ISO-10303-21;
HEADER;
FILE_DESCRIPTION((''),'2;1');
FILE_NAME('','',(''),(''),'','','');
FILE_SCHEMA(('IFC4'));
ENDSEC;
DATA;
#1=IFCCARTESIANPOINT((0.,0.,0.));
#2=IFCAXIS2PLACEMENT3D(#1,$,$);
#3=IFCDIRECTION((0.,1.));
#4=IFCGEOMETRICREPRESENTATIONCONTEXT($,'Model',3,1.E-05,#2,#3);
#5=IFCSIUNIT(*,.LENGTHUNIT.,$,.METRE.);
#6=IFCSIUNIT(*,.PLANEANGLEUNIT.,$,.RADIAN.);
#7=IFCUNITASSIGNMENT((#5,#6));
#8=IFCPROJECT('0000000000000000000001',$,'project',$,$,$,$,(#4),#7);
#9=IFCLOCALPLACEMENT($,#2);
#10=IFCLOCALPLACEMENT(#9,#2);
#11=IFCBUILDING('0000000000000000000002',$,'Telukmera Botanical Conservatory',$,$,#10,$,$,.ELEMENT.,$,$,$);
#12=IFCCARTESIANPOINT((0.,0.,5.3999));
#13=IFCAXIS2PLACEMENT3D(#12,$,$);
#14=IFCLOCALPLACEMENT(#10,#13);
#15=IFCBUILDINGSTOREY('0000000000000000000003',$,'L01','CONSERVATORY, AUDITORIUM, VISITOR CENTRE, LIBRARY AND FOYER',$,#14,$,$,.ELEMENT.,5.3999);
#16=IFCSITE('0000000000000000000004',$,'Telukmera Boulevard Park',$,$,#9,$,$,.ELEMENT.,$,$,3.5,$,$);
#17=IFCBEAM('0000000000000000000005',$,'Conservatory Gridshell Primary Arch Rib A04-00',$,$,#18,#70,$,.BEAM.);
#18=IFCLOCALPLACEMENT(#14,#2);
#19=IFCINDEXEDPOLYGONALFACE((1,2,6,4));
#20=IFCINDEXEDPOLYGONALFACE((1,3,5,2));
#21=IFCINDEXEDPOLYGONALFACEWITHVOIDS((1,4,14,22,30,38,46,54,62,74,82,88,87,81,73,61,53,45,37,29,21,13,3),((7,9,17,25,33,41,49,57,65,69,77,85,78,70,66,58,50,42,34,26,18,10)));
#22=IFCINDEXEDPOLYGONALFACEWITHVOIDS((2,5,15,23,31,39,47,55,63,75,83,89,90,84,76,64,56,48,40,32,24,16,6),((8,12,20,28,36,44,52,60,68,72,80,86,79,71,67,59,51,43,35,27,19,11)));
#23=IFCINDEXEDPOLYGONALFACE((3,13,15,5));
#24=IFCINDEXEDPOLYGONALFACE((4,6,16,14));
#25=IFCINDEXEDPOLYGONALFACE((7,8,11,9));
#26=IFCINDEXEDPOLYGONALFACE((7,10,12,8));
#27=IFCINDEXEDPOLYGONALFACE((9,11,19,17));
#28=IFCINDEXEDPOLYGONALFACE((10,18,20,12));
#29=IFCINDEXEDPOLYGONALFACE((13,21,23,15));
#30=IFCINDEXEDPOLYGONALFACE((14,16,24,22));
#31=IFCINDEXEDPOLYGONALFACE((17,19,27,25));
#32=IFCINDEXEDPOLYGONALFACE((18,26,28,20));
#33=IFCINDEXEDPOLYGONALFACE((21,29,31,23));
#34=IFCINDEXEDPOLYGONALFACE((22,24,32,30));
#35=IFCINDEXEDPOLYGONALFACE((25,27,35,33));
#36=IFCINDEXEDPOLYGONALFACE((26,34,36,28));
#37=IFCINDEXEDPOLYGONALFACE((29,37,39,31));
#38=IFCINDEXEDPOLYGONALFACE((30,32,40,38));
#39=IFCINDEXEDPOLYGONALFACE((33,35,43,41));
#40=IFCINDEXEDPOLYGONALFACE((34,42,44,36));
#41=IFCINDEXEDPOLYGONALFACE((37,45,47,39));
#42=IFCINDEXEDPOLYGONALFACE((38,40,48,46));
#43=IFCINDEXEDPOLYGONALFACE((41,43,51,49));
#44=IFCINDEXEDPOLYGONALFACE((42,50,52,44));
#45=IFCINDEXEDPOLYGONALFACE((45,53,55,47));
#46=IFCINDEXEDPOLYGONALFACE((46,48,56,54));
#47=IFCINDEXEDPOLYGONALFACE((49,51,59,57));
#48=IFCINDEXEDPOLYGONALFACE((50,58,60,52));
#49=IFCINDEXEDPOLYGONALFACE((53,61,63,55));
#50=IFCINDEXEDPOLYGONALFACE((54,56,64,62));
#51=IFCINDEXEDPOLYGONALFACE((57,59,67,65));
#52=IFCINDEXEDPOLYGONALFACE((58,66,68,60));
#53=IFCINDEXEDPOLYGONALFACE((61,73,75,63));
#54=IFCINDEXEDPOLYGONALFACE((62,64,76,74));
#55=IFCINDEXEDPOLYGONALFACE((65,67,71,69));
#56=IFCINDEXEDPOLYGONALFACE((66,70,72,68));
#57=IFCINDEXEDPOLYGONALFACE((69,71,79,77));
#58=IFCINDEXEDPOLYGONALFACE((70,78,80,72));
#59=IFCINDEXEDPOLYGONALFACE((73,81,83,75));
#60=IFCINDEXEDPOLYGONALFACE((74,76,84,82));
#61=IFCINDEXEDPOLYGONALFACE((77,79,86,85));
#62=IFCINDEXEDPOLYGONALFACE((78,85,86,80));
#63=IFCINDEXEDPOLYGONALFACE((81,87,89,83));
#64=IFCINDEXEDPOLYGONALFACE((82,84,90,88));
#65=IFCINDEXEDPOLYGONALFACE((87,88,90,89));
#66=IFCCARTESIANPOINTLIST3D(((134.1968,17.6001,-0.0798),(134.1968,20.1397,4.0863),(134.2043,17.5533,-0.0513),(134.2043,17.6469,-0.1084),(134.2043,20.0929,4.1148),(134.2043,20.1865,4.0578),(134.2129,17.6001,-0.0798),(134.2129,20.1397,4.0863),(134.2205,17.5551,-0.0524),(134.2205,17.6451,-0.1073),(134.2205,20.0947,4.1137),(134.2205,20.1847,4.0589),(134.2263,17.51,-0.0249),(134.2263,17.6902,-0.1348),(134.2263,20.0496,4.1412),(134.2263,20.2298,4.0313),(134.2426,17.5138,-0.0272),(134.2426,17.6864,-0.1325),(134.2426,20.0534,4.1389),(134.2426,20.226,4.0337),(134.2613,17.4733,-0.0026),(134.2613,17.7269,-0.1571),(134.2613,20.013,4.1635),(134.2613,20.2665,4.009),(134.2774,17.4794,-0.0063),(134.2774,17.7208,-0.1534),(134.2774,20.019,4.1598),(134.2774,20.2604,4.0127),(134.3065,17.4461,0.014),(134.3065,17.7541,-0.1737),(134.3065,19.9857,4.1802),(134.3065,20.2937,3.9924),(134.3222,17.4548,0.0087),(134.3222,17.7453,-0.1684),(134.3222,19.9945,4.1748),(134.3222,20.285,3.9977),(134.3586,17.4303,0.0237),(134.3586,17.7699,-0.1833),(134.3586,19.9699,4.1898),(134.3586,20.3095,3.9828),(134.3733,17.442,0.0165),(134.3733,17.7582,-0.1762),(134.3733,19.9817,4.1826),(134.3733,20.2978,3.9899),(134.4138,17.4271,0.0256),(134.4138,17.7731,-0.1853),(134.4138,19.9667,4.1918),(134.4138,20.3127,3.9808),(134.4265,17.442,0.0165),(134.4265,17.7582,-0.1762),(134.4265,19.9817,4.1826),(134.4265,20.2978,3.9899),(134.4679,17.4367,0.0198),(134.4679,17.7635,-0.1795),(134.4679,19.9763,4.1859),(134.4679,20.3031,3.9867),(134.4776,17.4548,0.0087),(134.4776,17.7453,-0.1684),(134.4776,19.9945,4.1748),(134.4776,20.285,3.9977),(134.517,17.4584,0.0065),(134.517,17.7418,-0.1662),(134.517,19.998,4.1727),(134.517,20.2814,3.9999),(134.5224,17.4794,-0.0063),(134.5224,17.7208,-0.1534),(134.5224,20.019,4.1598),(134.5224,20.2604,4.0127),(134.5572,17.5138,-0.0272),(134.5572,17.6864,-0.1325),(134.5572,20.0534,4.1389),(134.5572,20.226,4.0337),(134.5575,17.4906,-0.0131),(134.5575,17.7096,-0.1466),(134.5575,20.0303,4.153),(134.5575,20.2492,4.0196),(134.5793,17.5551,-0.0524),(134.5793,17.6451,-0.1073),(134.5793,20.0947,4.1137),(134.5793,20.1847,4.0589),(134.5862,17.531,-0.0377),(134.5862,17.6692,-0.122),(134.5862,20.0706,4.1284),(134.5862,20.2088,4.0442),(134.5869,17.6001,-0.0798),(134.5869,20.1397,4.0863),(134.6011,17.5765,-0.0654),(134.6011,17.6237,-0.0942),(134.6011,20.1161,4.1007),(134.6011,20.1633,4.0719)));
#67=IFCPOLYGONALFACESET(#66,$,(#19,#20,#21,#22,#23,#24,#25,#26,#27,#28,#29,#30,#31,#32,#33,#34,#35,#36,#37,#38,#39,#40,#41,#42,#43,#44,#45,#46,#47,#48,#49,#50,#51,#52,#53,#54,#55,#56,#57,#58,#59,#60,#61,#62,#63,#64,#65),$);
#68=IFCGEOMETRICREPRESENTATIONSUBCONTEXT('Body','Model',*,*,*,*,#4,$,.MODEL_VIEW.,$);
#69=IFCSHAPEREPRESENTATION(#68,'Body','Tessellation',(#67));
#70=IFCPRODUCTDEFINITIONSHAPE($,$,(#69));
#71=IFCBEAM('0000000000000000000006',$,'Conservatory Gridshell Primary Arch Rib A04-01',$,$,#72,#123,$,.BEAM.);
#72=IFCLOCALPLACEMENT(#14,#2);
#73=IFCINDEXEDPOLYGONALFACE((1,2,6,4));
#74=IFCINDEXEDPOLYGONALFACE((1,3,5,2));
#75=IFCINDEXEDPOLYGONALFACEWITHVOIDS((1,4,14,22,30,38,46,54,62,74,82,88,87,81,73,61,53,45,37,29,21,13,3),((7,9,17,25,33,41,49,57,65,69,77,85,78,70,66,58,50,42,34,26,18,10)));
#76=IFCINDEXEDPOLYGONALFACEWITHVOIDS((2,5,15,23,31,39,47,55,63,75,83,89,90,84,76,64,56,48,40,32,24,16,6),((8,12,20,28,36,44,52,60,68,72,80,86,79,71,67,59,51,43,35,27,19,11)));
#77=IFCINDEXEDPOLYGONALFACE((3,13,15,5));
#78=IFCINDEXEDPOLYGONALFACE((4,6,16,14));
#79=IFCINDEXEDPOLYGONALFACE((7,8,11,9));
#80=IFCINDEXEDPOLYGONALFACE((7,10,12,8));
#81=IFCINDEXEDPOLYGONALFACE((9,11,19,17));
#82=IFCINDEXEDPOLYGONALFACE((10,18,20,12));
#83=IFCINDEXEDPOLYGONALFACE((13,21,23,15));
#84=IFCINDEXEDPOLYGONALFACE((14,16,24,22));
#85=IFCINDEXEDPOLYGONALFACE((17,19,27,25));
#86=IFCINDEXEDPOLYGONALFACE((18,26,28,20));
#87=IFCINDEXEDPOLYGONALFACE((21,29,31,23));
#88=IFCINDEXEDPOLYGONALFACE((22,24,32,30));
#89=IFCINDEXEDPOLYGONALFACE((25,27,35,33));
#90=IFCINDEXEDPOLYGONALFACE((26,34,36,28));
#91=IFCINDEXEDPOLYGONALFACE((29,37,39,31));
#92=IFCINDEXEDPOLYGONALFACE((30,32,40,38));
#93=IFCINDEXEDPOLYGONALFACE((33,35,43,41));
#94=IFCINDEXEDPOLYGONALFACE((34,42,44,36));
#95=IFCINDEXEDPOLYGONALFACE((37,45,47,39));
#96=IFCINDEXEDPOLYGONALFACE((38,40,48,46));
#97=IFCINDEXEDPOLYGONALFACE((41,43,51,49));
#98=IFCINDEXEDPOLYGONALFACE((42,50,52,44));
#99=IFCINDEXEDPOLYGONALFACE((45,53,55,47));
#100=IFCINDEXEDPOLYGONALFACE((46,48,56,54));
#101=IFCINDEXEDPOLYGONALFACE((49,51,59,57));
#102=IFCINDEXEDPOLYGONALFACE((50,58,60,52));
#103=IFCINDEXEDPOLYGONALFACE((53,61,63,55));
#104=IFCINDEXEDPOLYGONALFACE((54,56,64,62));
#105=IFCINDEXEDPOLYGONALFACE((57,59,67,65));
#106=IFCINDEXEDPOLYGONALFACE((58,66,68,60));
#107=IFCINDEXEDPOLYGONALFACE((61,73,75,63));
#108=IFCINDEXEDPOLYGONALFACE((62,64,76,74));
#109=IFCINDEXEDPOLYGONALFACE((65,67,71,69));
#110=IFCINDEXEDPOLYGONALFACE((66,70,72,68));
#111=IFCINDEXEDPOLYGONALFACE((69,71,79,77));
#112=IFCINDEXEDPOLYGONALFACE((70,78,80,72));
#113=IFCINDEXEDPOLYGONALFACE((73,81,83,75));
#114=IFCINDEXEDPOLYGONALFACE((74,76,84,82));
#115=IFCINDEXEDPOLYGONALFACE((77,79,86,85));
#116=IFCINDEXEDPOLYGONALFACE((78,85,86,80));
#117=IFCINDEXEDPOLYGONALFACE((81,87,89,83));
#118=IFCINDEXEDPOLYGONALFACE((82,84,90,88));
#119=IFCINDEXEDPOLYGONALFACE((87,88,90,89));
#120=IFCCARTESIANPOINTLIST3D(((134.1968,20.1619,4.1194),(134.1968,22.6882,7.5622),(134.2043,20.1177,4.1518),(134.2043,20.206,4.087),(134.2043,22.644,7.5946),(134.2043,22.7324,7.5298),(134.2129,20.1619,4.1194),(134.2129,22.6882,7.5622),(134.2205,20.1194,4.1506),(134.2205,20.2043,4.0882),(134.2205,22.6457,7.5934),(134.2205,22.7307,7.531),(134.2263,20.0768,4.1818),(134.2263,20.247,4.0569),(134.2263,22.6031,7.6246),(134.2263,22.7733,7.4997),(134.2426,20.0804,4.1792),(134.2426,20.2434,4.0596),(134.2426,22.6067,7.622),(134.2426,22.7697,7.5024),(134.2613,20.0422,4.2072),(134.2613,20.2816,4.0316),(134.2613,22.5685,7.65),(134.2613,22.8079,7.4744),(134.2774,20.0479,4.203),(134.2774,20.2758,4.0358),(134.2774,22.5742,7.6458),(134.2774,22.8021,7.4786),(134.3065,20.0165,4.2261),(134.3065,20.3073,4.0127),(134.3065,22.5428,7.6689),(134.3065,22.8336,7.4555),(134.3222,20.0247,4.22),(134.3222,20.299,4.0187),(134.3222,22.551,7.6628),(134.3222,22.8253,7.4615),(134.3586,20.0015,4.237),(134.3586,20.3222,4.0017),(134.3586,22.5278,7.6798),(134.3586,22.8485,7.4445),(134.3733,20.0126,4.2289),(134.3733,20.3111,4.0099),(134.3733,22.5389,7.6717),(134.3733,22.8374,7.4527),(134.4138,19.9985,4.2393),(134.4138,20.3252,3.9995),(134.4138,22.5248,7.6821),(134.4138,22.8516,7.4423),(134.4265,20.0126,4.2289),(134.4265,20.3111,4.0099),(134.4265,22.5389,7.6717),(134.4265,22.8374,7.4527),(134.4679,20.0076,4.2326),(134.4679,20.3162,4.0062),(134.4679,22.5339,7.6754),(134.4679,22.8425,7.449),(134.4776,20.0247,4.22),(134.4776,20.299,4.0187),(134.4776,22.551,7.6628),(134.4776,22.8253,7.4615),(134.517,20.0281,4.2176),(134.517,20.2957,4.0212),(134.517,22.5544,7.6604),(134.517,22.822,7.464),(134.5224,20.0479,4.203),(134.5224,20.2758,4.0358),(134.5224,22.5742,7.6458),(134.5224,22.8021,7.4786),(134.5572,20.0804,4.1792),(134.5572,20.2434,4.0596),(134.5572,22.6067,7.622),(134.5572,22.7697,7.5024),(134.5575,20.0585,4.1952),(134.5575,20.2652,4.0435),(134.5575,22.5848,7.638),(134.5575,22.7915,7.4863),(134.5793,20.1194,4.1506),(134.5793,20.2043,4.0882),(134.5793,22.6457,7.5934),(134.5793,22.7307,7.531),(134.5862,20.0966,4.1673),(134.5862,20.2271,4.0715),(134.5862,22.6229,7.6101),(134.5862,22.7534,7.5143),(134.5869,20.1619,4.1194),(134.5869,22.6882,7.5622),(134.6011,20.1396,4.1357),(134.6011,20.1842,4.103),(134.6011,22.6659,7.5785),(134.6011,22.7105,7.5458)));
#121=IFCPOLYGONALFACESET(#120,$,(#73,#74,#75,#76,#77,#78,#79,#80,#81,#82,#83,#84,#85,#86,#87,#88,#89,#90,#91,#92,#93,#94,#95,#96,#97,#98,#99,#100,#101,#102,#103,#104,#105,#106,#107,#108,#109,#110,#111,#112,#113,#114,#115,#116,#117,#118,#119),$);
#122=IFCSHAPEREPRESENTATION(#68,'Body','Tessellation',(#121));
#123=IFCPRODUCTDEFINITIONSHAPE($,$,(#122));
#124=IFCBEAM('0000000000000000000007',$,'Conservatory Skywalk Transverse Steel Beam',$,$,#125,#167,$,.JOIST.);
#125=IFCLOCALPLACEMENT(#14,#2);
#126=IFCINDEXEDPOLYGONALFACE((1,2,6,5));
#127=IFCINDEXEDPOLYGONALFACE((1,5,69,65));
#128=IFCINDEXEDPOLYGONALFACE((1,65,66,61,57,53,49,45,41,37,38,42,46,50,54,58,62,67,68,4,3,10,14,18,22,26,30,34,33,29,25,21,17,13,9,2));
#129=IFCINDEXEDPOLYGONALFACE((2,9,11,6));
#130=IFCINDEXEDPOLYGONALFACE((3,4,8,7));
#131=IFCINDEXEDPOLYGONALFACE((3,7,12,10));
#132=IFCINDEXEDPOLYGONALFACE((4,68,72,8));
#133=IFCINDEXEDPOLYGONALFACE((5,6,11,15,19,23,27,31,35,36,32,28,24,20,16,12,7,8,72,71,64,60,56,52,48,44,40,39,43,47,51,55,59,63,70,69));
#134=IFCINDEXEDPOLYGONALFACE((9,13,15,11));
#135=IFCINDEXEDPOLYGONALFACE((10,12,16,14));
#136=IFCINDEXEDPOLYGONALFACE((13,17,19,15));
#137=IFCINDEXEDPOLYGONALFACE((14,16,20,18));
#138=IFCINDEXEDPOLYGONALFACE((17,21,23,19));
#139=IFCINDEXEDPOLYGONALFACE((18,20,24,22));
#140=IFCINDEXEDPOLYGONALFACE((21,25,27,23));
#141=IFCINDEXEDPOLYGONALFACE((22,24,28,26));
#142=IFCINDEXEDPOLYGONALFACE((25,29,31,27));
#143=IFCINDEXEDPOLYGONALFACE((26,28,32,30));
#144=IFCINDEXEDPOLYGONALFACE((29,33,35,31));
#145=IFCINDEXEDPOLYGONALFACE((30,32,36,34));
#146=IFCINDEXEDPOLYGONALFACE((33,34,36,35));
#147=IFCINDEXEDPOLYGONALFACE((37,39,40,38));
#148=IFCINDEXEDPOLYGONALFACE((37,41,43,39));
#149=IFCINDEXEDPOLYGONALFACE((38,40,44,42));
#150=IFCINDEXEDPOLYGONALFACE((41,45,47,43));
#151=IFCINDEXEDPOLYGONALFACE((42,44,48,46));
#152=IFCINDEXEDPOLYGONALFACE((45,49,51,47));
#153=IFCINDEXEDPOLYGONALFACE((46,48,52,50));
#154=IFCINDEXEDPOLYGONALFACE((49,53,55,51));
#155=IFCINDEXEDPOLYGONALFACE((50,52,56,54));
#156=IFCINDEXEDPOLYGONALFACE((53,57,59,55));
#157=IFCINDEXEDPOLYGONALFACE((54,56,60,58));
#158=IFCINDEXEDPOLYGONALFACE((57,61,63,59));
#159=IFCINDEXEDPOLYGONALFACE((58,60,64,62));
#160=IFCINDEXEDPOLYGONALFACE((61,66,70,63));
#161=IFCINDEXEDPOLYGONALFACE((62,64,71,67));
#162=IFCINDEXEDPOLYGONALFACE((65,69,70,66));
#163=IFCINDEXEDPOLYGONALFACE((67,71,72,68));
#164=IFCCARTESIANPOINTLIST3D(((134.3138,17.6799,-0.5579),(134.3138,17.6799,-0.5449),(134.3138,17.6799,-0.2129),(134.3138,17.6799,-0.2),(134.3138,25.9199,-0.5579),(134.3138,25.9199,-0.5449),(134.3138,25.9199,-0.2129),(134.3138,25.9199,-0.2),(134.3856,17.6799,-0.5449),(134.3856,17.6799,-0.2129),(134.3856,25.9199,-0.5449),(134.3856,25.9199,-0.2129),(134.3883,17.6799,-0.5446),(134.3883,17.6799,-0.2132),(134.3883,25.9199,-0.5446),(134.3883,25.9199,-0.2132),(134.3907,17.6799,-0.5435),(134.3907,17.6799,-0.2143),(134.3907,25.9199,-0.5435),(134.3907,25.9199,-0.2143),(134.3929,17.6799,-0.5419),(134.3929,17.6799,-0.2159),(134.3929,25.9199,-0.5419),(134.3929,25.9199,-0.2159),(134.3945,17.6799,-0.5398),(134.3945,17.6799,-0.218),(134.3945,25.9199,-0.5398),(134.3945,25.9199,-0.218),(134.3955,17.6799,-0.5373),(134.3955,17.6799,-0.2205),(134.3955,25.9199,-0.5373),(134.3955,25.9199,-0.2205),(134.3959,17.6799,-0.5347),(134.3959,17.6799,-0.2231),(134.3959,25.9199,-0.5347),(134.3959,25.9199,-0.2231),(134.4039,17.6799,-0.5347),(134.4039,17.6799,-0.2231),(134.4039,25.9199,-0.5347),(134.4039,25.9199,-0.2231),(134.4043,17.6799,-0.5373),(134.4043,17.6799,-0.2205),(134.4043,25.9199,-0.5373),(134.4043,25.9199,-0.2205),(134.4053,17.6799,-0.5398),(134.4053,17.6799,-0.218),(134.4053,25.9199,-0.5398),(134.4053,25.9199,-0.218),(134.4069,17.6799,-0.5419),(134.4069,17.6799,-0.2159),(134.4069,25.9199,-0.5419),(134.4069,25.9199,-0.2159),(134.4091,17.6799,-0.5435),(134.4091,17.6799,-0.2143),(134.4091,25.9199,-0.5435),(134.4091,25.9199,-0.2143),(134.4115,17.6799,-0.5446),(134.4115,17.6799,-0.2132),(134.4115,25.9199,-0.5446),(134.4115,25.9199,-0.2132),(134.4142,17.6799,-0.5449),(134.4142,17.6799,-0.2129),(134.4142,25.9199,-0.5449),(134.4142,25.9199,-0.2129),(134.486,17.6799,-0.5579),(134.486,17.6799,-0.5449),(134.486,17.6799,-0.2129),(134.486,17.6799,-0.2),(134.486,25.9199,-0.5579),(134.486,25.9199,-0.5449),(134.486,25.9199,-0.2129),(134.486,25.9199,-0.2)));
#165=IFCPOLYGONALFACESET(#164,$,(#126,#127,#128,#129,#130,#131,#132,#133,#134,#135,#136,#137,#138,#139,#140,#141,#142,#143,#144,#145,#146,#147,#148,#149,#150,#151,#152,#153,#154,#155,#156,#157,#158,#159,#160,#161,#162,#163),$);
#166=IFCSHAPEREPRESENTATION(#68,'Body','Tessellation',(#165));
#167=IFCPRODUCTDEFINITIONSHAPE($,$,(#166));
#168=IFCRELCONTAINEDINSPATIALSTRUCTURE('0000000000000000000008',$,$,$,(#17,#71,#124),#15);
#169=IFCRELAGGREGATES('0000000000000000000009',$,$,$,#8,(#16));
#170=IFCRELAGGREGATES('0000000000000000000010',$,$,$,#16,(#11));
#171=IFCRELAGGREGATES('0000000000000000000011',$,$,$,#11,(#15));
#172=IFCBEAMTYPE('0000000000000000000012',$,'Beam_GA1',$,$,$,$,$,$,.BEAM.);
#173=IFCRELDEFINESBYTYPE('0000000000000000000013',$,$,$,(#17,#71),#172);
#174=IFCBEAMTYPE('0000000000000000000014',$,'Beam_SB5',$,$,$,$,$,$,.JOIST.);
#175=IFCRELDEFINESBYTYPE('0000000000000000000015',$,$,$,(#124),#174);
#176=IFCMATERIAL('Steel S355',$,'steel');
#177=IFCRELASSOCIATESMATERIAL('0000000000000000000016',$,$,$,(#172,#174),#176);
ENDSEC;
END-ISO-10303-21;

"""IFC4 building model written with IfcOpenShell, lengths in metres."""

from ifc_helpers import new_model, si_unit, direction, frame, origin, origin_2d, place, context, subcontext, project, spatial, hollow_circle, i_section, extrude, material, material_profile, profile_set, type_object, element, save


model = new_model("IFC4")

# Units and contexts
model_context = context("Model", 3, precision=1e-05, world=origin(), true_north=direction((0.0, 1.0)))
body_context = subcontext(model_context, "Body", "Model", "MODEL_VIEW")
ifc_project = project(units=[si_unit("LENGTHUNIT", "METRE"), si_unit("PLANEANGLEUNIT", "RADIAN")], contexts=[model_context])

# Site, building, storey
site_placement = place(None, origin())
site = spatial("IfcSite", under=ifc_project, at=site_placement, Name="Telukmera Boulevard Park", CompositionType="ELEMENT", RefElevation=3.5)
building_placement = place(site_placement, origin())
building = spatial("IfcBuilding", under=site, at=building_placement, Name="Telukmera Botanical Conservatory", CompositionType="ELEMENT")
storey_placement = place(building_placement, frame((0.0, 0.0, 5.3999)))
storey = spatial("IfcBuildingStorey", under=building, at=storey_placement, Name="L01", Description="CONSERVATORY, AUDITORIUM, VISITOR CENTRE, LIBRARY AND FOYER", CompositionType="ELEMENT", Elevation=5.3999)

# Beams
ifc_material_1 = material(Name="Steel S355", Category="steel")
ifc_material_profile_1 = material_profile(ifc_material_1, hollow_circle(Radius=0.2031, WallThickness=0.0161, at=origin_2d()), Name="CHS 406.4x16.0")
ifc_profile_set_1 = profile_set([ifc_material_profile_1], Name="Steel S355")
beam_type_1 = type_object("IfcBeamType", Name="Beam_GA1", PredefinedType="BEAM", material=ifc_profile_set_1)
beam_1_placement = place(storey_placement, frame((134.3999, 17.6001, -0.0798), z_axis=(0.0, 0.520502, 0.85386), x_axis=(-1.0, 0.0, 0.0)))
element("IfcBeam", 1, at=beam_1_placement, inside=storey, type_object=beam_type_1, Name="Conservatory Gridshell Primary Arch Rib A04-00", PredefinedType="BEAM", context=body_context, shape_type="SweptSolid", body=[
    extrude(hollow_circle(Radius=0.2031, WallThickness=0.0161, at=origin_2d()), origin(), (0.0, 0.0, 1.0), 4.8792),
])
beam_2_placement = place(storey_placement, frame((134.3999, 20.1619, 4.1194), z_axis=(0.0, 0.591607, 0.806227), x_axis=(-1.0, 0.0, 0.0)))
element("IfcBeam", 2, at=beam_2_placement, inside=storey, type_object=beam_type_1, Name="Conservatory Gridshell Primary Arch Rib A04-01", PredefinedType="BEAM", context=body_context, shape_type="SweptSolid", body=[
    extrude(hollow_circle(Radius=0.2031, WallThickness=0.0161, at=origin_2d()), origin(), (0.0, 0.0, 1.0), 4.2703),
])
ifc_material_profile_2 = material_profile(ifc_material_1, i_section(OverallWidth=0.1721, OverallDepth=0.3579, WebThickness=0.0081, FlangeThickness=0.0129, FilletRadius=0.0103, at=origin_2d()), Name="UB 356x171x57")
ifc_profile_set_2 = profile_set([ifc_material_profile_2], Name="Steel S355")
beam_type_2 = type_object("IfcBeamType", Name="Beam_SB5", PredefinedType="JOIST", material=ifc_profile_set_2)
beam_3_placement = place(storey_placement, frame((134.3999, 17.6799, -0.3789), z_axis=(0.0, 1.0, 0.0), x_axis=(-1.0, 0.0, 0.0)))
element("IfcBeam", 3, at=beam_3_placement, inside=storey, type_object=beam_type_2, Name="Conservatory Skywalk Transverse Steel Beam", PredefinedType="JOIST", context=body_context, shape_type="SweptSolid", body=[
    extrude(i_section(OverallWidth=0.1721, OverallDepth=0.3579, WebThickness=0.0081, FlangeThickness=0.0129, FilletRadius=0.0103, at=origin_2d()), origin(), (0.0, 0.0, 1.0), 8.24),
])

save(model, "model.ifc")
